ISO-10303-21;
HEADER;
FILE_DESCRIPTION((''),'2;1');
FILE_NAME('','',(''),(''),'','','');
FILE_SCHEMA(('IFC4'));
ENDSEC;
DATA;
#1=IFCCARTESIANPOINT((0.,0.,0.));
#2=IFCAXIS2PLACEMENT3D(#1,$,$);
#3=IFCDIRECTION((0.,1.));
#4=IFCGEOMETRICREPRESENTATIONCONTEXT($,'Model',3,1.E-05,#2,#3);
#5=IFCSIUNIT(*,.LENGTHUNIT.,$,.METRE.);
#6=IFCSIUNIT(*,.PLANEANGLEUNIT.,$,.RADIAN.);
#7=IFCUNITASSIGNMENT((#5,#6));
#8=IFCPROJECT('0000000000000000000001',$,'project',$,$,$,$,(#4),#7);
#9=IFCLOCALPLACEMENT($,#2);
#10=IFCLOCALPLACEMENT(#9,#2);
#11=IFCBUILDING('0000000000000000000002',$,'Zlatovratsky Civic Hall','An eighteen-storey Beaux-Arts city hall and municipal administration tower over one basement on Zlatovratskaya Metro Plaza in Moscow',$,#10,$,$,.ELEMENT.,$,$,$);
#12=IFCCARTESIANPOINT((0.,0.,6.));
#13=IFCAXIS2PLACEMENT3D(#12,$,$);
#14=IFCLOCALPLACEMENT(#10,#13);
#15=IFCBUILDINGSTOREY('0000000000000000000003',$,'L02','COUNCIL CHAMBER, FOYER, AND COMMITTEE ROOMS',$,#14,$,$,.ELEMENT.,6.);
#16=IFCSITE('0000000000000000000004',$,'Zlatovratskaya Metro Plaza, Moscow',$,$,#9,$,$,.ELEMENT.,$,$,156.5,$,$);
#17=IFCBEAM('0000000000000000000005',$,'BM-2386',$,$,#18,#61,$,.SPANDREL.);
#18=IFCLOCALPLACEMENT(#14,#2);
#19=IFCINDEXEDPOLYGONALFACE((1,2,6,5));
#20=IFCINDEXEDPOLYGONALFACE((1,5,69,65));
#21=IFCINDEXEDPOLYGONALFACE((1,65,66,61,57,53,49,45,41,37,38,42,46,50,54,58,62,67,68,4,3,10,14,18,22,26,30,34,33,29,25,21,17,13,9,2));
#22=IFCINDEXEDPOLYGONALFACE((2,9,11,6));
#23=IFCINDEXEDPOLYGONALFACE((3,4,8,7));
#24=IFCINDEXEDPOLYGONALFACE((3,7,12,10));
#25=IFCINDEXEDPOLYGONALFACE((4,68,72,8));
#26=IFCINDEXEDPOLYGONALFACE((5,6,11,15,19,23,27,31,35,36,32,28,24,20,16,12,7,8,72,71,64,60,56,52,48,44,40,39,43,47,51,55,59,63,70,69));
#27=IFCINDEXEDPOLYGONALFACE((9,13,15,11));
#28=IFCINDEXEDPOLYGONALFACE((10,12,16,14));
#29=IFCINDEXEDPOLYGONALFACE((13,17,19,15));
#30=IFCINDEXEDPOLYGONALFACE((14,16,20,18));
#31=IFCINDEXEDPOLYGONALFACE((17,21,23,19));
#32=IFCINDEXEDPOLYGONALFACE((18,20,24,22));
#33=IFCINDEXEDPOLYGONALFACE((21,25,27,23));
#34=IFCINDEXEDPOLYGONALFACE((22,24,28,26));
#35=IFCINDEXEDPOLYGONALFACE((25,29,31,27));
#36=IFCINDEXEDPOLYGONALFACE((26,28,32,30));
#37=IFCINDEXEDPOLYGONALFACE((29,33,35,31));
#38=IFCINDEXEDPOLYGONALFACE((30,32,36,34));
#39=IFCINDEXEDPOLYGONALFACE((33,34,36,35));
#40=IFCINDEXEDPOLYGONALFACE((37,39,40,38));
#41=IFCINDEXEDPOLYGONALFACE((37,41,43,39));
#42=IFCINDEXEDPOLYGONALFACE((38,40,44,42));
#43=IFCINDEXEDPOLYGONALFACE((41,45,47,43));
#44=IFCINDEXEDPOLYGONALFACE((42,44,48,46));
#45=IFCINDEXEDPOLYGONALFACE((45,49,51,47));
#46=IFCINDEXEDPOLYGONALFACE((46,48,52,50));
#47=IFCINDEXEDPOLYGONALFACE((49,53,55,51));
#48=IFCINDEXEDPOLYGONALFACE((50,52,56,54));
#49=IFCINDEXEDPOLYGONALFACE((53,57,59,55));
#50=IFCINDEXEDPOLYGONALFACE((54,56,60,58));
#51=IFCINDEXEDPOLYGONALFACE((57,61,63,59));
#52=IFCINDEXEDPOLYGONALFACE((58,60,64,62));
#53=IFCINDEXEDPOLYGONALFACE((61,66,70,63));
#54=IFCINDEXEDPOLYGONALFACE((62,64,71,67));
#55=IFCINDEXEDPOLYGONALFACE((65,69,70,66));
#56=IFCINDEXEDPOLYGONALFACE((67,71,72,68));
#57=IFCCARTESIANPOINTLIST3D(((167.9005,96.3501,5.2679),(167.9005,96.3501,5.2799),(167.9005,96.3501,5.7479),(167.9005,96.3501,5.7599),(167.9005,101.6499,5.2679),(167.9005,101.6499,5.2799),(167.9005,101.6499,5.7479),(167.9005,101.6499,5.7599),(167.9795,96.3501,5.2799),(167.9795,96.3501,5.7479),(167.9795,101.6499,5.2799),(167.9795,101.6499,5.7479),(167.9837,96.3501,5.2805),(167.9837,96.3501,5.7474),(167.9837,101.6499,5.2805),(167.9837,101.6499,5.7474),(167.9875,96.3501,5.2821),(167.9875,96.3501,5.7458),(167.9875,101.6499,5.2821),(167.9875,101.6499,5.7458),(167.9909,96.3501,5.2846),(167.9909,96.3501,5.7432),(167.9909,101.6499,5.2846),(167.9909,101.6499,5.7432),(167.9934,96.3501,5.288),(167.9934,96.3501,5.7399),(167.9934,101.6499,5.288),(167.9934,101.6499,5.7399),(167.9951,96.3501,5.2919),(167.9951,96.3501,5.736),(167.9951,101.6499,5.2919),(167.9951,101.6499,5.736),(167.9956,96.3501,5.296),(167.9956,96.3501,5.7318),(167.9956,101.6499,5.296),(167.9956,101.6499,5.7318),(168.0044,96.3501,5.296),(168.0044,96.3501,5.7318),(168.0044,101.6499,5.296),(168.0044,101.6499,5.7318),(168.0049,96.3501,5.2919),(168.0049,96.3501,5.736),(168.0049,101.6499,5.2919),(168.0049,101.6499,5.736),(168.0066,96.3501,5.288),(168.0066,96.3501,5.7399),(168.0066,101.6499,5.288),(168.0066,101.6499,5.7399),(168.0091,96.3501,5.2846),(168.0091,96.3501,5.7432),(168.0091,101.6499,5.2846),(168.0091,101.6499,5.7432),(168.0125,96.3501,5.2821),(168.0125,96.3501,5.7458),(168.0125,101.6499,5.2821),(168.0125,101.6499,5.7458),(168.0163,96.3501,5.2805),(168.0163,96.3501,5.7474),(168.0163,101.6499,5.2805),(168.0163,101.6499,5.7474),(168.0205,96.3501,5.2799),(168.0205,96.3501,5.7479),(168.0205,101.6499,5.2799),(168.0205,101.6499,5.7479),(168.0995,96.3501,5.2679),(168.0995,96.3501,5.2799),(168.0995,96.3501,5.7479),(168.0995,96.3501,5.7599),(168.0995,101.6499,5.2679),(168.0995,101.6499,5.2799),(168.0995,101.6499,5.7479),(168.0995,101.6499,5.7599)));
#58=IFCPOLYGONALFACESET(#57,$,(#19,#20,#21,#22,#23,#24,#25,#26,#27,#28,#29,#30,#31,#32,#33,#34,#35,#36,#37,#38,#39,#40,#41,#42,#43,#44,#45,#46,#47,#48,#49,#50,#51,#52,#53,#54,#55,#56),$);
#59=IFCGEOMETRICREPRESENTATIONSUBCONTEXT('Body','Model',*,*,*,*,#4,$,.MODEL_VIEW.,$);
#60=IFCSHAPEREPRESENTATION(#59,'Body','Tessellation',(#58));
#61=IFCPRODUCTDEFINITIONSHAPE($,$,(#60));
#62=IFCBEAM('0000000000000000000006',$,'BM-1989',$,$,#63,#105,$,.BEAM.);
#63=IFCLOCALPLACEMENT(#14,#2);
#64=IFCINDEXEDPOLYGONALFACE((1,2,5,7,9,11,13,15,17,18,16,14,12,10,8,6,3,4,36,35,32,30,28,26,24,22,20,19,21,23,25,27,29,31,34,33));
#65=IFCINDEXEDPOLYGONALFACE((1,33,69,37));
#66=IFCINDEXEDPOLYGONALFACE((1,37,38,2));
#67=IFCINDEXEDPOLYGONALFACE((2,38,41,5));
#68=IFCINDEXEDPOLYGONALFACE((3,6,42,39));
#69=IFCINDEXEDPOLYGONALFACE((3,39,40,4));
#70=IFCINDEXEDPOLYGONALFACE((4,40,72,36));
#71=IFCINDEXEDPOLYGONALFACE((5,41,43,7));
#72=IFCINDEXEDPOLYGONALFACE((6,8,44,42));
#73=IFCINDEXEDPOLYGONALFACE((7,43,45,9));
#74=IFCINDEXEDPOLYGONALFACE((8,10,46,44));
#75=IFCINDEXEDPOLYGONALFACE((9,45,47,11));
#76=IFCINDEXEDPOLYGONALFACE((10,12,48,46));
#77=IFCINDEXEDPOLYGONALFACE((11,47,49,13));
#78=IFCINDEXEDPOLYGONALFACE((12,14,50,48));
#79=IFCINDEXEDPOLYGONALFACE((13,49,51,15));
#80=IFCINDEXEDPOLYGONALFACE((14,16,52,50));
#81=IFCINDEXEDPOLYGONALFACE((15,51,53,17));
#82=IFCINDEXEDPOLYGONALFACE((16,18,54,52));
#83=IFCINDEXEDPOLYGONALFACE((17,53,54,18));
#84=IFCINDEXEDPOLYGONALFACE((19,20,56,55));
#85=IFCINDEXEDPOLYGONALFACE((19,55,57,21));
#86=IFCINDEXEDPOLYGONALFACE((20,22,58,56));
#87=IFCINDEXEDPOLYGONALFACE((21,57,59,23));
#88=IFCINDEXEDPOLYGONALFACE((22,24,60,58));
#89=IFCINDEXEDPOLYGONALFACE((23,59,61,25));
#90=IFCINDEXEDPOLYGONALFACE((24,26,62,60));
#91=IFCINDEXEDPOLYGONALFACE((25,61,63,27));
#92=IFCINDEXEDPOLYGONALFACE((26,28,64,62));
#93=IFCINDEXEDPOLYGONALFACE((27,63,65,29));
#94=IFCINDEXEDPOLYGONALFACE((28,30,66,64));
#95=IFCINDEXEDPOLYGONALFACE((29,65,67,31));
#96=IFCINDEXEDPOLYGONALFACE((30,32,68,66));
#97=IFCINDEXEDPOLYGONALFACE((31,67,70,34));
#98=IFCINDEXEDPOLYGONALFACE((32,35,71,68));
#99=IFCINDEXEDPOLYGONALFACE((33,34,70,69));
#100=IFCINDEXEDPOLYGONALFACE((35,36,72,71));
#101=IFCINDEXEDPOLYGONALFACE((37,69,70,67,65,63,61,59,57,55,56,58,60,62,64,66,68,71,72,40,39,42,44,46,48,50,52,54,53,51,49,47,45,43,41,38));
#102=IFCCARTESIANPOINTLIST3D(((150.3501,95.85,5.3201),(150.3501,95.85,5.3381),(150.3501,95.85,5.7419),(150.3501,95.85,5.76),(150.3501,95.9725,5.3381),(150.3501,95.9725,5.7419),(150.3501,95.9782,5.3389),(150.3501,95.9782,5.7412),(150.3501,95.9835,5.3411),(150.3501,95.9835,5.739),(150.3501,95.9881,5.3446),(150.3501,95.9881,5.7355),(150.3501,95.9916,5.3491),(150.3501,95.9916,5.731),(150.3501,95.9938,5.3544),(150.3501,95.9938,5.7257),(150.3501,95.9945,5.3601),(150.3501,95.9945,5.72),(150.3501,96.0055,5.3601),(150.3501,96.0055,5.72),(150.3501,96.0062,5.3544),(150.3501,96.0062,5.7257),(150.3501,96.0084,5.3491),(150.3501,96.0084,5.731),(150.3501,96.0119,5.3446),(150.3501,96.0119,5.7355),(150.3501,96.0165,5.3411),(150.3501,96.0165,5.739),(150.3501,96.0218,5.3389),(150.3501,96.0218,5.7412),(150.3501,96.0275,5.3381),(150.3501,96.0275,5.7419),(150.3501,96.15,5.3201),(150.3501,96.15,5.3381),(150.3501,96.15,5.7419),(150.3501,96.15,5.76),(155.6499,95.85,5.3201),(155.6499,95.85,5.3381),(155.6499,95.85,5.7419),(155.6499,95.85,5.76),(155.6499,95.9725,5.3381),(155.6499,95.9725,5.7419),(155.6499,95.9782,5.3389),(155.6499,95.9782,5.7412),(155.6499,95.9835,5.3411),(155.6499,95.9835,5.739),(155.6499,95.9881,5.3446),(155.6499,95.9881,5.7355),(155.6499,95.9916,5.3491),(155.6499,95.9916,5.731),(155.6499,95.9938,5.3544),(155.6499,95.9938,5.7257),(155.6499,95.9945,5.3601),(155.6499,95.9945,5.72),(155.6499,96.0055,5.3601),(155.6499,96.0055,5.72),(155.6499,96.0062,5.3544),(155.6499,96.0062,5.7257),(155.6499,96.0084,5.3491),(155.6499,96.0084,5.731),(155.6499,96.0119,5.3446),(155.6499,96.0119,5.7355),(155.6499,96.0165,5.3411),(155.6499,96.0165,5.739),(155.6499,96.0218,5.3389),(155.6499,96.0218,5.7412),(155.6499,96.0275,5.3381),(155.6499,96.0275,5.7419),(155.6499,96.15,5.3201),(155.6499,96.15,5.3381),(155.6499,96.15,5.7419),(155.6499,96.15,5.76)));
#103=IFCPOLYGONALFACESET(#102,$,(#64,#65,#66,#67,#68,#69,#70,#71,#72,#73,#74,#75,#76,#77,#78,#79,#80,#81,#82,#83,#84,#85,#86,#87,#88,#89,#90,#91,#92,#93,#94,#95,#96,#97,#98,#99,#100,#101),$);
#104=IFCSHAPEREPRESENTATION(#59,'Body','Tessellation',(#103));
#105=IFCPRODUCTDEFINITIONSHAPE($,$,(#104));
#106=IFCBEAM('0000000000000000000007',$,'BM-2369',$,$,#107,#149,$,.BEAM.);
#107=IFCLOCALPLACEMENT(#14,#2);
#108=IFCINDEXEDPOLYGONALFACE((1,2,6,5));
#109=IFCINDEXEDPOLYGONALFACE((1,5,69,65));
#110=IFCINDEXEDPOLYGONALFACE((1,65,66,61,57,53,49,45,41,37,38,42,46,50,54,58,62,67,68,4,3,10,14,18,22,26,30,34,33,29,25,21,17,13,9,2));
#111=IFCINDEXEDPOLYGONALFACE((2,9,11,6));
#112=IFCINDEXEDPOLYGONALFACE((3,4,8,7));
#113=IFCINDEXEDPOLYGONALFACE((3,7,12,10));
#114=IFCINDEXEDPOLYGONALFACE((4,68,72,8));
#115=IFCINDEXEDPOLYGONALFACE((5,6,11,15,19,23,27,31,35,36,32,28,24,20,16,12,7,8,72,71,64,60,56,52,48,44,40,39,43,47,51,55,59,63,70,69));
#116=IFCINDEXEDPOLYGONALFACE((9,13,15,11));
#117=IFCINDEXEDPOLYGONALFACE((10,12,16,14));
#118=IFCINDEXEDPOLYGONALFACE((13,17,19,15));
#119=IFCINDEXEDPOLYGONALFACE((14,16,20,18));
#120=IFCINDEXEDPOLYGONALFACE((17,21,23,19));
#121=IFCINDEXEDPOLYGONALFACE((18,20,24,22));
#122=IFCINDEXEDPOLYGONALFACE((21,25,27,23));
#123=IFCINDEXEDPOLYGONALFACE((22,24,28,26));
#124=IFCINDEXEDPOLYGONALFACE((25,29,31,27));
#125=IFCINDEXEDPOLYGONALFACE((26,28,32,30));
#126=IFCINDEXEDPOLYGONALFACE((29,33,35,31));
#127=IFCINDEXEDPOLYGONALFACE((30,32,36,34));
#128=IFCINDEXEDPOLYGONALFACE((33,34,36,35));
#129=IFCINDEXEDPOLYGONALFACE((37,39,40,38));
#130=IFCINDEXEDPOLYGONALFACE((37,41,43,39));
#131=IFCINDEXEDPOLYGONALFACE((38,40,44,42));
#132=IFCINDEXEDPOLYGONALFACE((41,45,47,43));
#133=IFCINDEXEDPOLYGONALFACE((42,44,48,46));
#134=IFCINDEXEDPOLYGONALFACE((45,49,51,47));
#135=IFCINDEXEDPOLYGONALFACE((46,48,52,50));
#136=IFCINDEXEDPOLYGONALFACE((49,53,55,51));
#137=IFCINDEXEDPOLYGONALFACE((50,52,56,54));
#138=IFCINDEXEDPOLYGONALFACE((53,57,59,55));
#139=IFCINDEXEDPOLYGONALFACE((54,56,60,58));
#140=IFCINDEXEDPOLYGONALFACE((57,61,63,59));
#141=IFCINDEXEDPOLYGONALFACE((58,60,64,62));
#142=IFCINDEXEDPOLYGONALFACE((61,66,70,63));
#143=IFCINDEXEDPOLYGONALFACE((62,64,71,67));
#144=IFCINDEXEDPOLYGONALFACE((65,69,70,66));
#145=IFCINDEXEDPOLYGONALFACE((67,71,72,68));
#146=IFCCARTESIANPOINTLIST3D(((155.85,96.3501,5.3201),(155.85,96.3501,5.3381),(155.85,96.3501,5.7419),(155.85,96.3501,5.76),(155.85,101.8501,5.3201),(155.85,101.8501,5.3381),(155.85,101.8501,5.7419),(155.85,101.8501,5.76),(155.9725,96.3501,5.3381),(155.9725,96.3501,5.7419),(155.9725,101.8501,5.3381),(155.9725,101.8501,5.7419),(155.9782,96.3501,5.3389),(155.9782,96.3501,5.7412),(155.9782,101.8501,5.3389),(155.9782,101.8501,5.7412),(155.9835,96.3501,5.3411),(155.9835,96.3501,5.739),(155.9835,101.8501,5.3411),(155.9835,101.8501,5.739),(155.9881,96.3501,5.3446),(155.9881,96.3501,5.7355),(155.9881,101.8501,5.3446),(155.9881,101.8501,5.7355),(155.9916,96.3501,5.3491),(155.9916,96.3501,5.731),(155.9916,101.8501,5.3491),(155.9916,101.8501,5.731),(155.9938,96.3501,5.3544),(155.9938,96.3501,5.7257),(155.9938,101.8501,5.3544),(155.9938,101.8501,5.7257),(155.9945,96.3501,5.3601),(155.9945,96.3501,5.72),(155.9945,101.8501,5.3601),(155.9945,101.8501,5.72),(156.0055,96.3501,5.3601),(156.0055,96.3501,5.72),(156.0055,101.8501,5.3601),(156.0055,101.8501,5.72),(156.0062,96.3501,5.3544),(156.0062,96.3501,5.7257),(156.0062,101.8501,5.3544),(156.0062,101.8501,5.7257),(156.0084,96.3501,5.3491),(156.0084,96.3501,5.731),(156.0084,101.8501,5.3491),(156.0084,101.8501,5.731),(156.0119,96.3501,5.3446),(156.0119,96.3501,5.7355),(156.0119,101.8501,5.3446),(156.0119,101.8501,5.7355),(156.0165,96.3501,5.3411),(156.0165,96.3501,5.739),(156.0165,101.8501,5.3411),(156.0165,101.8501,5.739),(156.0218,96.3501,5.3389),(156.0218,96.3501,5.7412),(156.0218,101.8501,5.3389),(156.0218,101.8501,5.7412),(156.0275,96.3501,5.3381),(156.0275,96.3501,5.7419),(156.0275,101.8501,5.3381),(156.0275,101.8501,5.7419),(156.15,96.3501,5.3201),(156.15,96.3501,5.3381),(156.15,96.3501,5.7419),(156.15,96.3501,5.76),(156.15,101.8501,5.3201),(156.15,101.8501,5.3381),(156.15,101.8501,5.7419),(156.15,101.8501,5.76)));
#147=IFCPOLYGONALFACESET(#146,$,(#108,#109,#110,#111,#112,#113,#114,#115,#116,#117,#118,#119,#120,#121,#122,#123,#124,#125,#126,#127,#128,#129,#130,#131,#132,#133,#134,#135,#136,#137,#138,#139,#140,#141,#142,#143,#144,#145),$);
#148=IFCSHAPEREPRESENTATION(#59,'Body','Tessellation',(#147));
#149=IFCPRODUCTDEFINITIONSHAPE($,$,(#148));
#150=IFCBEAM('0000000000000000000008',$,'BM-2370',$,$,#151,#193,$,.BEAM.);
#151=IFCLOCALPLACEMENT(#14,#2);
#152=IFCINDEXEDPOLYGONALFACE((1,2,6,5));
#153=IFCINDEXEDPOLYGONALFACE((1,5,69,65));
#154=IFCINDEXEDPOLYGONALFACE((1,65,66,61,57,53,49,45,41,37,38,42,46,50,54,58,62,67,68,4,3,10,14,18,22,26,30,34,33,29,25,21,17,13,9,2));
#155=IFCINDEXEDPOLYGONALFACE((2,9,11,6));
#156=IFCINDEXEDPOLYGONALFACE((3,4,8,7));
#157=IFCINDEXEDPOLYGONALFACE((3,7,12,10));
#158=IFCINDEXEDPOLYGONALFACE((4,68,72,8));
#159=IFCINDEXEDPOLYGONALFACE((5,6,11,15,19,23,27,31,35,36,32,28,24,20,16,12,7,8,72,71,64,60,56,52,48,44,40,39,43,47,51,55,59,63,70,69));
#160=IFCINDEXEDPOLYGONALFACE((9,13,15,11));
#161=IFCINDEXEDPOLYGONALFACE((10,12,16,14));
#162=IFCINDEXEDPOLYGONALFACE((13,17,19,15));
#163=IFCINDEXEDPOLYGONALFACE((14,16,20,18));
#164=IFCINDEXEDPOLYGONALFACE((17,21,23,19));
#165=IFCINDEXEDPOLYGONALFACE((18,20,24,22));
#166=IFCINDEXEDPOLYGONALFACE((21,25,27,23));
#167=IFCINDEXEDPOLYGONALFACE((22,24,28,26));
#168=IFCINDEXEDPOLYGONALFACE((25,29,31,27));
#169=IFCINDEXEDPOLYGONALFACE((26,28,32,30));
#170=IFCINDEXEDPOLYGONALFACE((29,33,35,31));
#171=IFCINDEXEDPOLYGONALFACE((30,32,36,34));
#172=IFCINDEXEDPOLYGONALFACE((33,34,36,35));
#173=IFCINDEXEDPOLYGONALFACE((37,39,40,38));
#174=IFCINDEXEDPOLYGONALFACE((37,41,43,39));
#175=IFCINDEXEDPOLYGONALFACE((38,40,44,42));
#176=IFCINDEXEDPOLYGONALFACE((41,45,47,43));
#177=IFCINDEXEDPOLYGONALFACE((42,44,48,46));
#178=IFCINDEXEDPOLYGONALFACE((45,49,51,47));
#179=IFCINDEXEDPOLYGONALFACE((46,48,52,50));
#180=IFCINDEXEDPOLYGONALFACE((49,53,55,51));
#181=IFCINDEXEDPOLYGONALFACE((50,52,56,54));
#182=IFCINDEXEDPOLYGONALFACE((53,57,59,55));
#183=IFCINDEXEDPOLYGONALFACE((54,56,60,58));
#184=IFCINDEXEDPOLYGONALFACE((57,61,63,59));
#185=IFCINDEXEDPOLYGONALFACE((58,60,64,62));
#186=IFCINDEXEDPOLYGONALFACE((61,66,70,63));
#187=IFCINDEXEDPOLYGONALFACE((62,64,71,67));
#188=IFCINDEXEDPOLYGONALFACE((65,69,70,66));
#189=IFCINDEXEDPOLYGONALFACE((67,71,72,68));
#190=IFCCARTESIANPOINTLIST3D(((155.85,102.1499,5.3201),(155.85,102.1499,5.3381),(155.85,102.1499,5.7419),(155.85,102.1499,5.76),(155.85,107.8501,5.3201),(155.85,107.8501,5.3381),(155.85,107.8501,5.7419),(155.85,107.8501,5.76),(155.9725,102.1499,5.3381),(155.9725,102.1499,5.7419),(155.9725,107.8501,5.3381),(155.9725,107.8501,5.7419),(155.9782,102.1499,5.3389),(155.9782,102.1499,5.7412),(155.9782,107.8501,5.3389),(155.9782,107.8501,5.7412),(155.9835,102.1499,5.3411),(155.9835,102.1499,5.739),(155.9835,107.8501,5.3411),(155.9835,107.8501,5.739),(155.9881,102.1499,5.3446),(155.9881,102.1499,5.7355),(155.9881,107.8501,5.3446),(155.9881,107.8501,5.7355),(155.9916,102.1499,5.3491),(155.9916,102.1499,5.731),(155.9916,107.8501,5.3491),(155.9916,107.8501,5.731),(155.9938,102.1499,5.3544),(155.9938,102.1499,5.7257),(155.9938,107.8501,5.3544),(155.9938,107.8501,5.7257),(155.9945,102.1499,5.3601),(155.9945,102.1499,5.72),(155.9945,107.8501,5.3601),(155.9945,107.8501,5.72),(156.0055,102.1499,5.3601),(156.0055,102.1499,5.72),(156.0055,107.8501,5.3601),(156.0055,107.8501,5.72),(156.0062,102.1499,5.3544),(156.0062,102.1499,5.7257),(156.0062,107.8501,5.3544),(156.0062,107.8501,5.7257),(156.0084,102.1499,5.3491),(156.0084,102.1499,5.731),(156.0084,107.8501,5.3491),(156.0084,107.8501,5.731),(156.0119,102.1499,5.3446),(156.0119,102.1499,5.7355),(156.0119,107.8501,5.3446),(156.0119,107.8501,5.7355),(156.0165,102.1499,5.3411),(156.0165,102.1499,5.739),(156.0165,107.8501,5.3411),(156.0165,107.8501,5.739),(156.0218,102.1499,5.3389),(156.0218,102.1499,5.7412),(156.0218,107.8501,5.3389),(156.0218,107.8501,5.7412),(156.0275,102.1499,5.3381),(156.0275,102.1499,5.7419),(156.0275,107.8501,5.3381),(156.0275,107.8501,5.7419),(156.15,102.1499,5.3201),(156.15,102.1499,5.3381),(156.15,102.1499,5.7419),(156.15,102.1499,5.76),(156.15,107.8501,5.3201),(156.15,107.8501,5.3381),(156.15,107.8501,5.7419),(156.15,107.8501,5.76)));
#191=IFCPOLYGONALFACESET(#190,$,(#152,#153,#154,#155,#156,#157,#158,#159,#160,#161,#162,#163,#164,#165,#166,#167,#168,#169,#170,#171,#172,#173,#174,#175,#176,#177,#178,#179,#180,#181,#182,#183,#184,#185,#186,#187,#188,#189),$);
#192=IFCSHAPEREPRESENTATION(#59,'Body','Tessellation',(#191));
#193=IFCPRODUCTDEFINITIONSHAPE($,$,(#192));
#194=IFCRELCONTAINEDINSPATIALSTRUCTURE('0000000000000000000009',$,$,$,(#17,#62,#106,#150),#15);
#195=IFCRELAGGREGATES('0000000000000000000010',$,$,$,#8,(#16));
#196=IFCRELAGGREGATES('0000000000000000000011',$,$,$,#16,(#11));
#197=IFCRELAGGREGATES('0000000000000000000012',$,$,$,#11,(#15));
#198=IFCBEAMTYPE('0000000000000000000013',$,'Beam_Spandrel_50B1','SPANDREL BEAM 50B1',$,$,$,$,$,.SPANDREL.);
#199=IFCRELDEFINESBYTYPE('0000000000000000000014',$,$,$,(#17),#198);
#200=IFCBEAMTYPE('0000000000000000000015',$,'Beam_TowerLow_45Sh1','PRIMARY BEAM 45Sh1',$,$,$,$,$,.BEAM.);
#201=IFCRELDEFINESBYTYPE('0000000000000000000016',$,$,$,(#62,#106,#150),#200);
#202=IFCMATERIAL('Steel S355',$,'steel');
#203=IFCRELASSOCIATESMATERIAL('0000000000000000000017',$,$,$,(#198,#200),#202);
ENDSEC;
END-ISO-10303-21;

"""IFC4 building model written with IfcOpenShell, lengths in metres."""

from ifc_helpers import new_model, si_unit, direction, frame, origin, origin_2d, place, context, subcontext, project, spatial, i_section, extrude, material, material_profile, profile_set, type_object, element, save


model = new_model("IFC4")

# Units and contexts
model_context = context("Model", 3, precision=1e-05, world=origin(), true_north=direction((0.0, 1.0)))
body_context = subcontext(model_context, "Body", "Model", "MODEL_VIEW")
ifc_project = project(units=[si_unit("LENGTHUNIT", "METRE"), si_unit("PLANEANGLEUNIT", "RADIAN")], contexts=[model_context])

# Site, building, storey
site_placement = place(None, origin())
site = spatial("IfcSite", under=ifc_project, at=site_placement, Name="Zlatovratskaya Metro Plaza, Moscow", CompositionType="ELEMENT", RefElevation=156.5)
building_placement = place(site_placement, origin())
building = spatial("IfcBuilding", under=site, at=building_placement, Name="Zlatovratsky Civic Hall", Description="An eighteen-storey Beaux-Arts city hall and municipal administration tower over one basement on Zlatovratskaya Metro Plaza in Moscow", CompositionType="ELEMENT")
storey_placement = place(building_placement, frame((0.0, 0.0, 6.0)))
storey = spatial("IfcBuildingStorey", under=building, at=storey_placement, Name="L02", Description="COUNCIL CHAMBER, FOYER, AND COMMITTEE ROOMS", CompositionType="ELEMENT", Elevation=6.0)

# Shared definitions
ifc_material_1 = material(Name="Steel S355", Category="steel")

# Beams
ifc_material_profile_1 = material_profile(ifc_material_1, i_section(OverallWidth=0.199, OverallDepth=0.4919, WebThickness=0.0088, FlangeThickness=0.012, FilletRadius=0.0161, at=origin_2d()), Name="50B1")
ifc_profile_set_1 = profile_set([ifc_material_profile_1], Name="Steel S355")
beam_type_1 = type_object("IfcBeamType", Name="Beam_Spandrel_50B1", Description="SPANDREL BEAM 50B1", PredefinedType="SPANDREL", material=ifc_profile_set_1)
beam_1_placement = place(storey_placement, frame((168.0, 96.3501, 5.5139), z_axis=(0.0, 1.0, 0.0), x_axis=(-1.0, 0.0, 0.0)))
element("IfcBeam", 1, at=beam_1_placement, inside=storey, type_object=beam_type_1, Name="BM-2386", PredefinedType="SPANDREL", context=body_context, shape_type="SweptSolid", body=[
    extrude(i_section(OverallWidth=0.199, OverallDepth=0.4919, WebThickness=0.0088, FlangeThickness=0.012, FilletRadius=0.0161, at=origin_2d()), origin(), (0.0, 0.0, 1.0), 5.2998),
])
ifc_material_profile_2 = material_profile(ifc_material_1, i_section(OverallWidth=0.3, OverallDepth=0.4399, WebThickness=0.011, FlangeThickness=0.0181, FilletRadius=0.022, at=origin_2d()), Name="45Sh1")
ifc_profile_set_2 = profile_set([ifc_material_profile_2], Name="Steel S355")
beam_type_2 = type_object("IfcBeamType", Name="Beam_TowerLow_45Sh1", Description="PRIMARY BEAM 45Sh1", PredefinedType="BEAM", material=ifc_profile_set_2)
beam_2_placement = place(storey_placement, frame((150.3501, 96.0, 5.54), z_axis=(1.0, 0.0, 0.0), x_axis=(0.0, 1.0, 0.0)))
element("IfcBeam", 2, at=beam_2_placement, inside=storey, type_object=beam_type_2, Name="BM-1989", PredefinedType="BEAM", context=body_context, shape_type="SweptSolid", body=[
    extrude(i_section(OverallWidth=0.3, OverallDepth=0.4399, WebThickness=0.011, FlangeThickness=0.0181, FilletRadius=0.022, at=origin_2d()), origin(), (0.0, 0.0, 1.0), 5.2998),
])
beam_3_placement = place(storey_placement, frame((156.0, 96.3501, 5.54), z_axis=(0.0, 1.0, 0.0), x_axis=(-1.0, 0.0, 0.0)))
element("IfcBeam", 3, at=beam_3_placement, inside=storey, type_object=beam_type_2, Name="BM-2369", PredefinedType="BEAM", context=body_context, shape_type="SweptSolid", body=[
    extrude(i_section(OverallWidth=0.3, OverallDepth=0.4399, WebThickness=0.011, FlangeThickness=0.0181, FilletRadius=0.022, at=origin_2d()), origin(), (0.0, 0.0, 1.0), 5.5),
])
beam_4_placement = place(storey_placement, frame((156.0, 102.1499, 5.54), z_axis=(0.0, 1.0, 0.0), x_axis=(-1.0, 0.0, 0.0)))
element("IfcBeam", 4, at=beam_4_placement, inside=storey, type_object=beam_type_2, Name="BM-2370", PredefinedType="BEAM", context=body_context, shape_type="SweptSolid", body=[
    extrude(i_section(OverallWidth=0.3, OverallDepth=0.4399, WebThickness=0.011, FlangeThickness=0.0181, FilletRadius=0.022, at=origin_2d()), origin(), (0.0, 0.0, 1.0), 5.7002),
])

save(model, "model.ifc")
